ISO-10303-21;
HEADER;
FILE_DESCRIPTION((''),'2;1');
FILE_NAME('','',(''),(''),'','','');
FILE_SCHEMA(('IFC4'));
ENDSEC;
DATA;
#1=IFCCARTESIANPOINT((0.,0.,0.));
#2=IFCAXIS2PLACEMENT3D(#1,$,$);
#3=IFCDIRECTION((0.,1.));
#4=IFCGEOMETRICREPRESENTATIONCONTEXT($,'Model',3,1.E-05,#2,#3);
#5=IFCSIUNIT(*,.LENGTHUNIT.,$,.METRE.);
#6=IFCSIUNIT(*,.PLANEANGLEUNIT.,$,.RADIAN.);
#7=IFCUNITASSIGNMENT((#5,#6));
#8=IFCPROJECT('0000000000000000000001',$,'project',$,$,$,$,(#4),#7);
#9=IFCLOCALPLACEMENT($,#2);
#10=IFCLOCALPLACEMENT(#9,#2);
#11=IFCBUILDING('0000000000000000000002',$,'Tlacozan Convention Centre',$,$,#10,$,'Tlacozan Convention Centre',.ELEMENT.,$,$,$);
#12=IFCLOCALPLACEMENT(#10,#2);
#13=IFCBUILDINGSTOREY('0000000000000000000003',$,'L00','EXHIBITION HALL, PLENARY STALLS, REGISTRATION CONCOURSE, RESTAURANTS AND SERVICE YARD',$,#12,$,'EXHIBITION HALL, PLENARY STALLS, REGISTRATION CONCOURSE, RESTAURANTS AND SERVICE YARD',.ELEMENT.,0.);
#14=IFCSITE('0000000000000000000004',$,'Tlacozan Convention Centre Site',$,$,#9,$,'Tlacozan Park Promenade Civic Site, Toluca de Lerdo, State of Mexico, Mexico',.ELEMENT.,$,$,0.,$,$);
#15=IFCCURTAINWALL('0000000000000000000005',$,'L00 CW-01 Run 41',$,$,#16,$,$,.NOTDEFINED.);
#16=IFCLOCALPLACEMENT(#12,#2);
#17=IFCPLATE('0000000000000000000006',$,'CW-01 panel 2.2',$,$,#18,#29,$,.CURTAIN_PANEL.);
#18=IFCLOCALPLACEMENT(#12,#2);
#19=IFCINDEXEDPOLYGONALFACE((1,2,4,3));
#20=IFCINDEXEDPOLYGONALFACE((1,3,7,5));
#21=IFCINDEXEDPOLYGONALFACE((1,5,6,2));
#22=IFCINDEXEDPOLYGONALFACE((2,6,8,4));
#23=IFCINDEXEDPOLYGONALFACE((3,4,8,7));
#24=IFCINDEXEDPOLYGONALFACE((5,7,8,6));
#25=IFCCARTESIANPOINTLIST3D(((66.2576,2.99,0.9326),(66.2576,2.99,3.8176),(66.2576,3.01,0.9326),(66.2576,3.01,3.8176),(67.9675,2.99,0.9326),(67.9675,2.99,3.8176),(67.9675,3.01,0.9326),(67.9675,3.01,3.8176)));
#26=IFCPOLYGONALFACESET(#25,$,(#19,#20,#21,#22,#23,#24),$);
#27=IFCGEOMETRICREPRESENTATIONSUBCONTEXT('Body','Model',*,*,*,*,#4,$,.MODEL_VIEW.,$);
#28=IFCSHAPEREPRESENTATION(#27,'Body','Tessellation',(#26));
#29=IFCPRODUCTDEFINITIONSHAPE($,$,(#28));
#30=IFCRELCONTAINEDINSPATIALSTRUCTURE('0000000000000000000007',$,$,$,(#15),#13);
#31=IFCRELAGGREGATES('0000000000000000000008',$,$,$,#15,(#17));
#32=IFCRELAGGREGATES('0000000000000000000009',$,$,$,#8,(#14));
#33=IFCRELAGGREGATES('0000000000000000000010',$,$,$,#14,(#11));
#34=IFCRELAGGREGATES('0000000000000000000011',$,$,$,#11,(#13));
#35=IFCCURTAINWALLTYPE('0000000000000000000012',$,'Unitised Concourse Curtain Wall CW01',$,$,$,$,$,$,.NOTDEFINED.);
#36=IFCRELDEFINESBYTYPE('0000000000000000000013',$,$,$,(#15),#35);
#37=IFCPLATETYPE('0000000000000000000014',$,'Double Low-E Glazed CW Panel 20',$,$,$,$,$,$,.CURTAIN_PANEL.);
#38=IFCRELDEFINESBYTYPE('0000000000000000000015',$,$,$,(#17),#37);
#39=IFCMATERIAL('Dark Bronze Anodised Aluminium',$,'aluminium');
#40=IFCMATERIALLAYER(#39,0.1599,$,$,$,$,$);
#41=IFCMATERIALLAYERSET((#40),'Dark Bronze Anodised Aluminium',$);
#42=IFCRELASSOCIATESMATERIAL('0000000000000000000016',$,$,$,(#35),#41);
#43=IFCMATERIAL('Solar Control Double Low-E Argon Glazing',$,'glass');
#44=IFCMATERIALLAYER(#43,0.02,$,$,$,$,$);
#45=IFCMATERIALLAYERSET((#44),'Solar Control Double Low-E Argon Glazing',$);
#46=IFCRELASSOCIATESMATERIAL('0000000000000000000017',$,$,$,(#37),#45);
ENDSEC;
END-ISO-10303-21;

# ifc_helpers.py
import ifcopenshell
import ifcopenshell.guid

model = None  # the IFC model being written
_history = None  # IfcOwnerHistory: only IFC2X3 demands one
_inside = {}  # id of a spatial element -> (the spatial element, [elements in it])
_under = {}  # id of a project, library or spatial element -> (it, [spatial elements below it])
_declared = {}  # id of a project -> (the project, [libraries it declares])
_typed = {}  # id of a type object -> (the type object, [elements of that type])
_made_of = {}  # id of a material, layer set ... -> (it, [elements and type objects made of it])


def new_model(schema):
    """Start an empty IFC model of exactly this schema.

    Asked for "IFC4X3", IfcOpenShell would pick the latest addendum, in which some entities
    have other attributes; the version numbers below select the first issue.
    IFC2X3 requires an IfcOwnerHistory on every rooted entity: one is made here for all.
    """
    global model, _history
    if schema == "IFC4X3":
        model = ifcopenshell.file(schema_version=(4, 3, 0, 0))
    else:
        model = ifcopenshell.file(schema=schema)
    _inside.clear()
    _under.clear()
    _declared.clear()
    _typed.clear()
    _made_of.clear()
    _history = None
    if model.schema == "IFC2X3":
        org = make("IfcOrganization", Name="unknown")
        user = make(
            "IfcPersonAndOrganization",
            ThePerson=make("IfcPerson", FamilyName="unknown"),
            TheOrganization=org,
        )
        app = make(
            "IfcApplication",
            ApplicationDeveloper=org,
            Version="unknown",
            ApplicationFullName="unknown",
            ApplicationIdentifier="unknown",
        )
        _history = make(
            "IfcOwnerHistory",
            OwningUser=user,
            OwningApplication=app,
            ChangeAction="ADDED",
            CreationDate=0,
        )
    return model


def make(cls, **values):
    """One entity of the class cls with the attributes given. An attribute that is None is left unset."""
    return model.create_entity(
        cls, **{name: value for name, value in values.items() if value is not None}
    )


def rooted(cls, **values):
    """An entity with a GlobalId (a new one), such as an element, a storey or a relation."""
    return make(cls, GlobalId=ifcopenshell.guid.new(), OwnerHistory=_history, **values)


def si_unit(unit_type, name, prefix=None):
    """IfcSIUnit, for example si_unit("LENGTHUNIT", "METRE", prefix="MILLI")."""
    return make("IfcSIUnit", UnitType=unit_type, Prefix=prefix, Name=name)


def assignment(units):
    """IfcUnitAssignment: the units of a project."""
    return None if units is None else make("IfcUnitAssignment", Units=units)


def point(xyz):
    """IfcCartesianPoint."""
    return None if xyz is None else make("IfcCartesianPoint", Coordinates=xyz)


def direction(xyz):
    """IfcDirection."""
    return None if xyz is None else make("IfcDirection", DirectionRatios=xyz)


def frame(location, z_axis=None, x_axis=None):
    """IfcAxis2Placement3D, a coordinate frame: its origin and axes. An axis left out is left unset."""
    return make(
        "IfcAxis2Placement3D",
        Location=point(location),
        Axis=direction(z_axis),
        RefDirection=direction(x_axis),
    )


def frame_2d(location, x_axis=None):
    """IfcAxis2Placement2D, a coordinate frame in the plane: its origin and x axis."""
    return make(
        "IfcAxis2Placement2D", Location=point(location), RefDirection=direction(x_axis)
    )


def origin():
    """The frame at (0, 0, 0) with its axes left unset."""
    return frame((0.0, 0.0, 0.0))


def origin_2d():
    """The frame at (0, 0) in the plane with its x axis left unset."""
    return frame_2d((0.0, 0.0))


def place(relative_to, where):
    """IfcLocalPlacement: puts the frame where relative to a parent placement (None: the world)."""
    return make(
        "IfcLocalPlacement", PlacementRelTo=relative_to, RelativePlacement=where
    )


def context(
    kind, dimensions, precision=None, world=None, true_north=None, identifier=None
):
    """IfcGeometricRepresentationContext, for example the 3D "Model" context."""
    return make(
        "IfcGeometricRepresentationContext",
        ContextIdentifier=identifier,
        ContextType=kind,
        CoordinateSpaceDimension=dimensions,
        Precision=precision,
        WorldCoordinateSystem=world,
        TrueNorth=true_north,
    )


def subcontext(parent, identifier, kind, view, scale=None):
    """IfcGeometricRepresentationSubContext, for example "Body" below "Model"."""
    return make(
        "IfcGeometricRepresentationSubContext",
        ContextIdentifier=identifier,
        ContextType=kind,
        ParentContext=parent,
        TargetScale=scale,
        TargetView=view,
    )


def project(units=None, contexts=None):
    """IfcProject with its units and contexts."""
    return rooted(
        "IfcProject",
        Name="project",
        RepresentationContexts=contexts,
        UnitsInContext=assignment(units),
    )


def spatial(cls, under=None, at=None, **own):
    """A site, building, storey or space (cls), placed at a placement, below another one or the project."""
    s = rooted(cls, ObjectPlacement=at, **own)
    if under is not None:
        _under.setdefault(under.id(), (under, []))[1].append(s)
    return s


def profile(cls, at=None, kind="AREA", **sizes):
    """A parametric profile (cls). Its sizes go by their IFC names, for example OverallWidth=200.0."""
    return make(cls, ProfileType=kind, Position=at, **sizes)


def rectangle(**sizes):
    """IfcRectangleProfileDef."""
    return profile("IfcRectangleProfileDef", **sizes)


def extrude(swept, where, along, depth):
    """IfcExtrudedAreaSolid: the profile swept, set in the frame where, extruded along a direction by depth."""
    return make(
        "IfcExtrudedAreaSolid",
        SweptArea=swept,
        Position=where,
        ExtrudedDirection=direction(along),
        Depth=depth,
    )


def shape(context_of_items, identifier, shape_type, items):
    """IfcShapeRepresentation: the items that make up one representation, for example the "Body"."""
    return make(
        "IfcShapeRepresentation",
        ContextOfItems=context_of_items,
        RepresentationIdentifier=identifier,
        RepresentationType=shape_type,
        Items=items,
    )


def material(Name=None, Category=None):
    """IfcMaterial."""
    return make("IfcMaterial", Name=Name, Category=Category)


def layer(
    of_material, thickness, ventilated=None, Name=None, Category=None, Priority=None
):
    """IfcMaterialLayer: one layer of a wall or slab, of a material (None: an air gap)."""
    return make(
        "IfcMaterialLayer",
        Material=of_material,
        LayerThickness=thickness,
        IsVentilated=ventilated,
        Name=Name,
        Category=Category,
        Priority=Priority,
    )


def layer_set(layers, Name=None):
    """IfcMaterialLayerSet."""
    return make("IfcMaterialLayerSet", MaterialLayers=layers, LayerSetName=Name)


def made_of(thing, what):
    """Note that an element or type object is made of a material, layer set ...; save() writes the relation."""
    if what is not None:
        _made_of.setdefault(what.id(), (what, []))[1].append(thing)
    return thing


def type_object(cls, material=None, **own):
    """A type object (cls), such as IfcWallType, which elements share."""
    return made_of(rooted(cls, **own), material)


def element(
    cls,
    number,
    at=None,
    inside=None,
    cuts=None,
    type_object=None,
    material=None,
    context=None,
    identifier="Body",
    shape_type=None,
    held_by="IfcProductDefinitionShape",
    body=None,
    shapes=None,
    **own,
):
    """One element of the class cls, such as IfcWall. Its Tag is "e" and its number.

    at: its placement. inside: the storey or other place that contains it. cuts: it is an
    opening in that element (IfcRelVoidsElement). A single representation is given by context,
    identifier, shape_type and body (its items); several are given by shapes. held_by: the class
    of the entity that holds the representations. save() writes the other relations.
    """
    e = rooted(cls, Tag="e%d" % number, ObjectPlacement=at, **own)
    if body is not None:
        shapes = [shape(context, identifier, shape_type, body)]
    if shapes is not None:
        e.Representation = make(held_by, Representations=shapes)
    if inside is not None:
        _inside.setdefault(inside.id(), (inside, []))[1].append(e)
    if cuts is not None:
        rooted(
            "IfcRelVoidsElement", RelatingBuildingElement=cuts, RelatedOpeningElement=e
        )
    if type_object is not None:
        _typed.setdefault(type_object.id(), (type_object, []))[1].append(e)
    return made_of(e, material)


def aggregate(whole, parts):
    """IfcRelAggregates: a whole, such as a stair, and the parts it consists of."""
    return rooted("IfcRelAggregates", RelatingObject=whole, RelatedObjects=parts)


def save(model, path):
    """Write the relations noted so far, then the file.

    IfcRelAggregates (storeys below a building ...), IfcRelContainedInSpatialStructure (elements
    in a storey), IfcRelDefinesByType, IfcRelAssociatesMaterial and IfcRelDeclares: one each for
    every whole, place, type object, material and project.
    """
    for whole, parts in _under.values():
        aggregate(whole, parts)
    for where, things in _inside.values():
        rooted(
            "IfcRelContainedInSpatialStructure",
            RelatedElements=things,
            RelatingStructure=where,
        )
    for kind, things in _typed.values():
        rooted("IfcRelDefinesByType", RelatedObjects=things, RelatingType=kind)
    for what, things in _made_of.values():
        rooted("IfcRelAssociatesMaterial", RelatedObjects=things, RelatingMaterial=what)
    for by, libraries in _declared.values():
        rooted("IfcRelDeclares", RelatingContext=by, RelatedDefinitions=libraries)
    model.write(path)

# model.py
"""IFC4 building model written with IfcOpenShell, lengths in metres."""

from ifc_helpers import new_model, si_unit, direction, frame, origin, origin_2d, place, context, subcontext, project, spatial, rectangle, extrude, material, layer, layer_set, type_object, element, aggregate, save


model = new_model("IFC4")

# Units and contexts
model_context = context("Model", 3, precision=1e-05, world=origin(), true_north=direction((0.0, 1.0)))
body_context = subcontext(model_context, "Body", "Model", "MODEL_VIEW")
ifc_project = project(units=[si_unit("LENGTHUNIT", "METRE"), si_unit("PLANEANGLEUNIT", "RADIAN")], contexts=[model_context])

# Site, building, storey
site_placement = place(None, origin())
site = spatial("IfcSite", under=ifc_project, at=site_placement, Name="Tlacozan Convention Centre Site", LongName="Tlacozan Park Promenade Civic Site, Toluca de Lerdo, State of Mexico, Mexico", CompositionType="ELEMENT", RefElevation=0.0)
building_placement = place(site_placement, origin())
building = spatial("IfcBuilding", under=site, at=building_placement, Name="Tlacozan Convention Centre", LongName="Tlacozan Convention Centre", CompositionType="ELEMENT")
storey_placement = place(building_placement, origin())
storey = spatial("IfcBuildingStorey", under=building, at=storey_placement, Name="L00", Description="EXHIBITION HALL, PLENARY STALLS, REGISTRATION CONCOURSE, RESTAURANTS AND SERVICE YARD", LongName="EXHIBITION HALL, PLENARY STALLS, REGISTRATION CONCOURSE, RESTAURANTS AND SERVICE YARD", CompositionType="ELEMENT", Elevation=0.0)

# Shared definitions
ifc_material_1 = material(Name="Dark Bronze Anodised Aluminium", Category="aluminium")
ifc_layer_1 = layer(ifc_material_1, 0.1599)
ifc_layer_set_1 = layer_set([ifc_layer_1], Name="Dark Bronze Anodised Aluminium")
curtain_wall_type = type_object("IfcCurtainWallType", Name="Unitised Concourse Curtain Wall CW01", PredefinedType="NOTDEFINED", material=ifc_layer_set_1)

# Curtain wall
curtain_wall_1_placement = place(storey_placement, origin())
curtain_wall_1 = element("IfcCurtainWall", 1, at=curtain_wall_1_placement, inside=storey, type_object=curtain_wall_type, Name="L00 CW-01 Run 41", PredefinedType="NOTDEFINED")

# Plate
ifc_material_2 = material(Name="Solar Control Double Low-E Argon Glazing", Category="glass")
ifc_layer_2 = layer(ifc_material_2, 0.02)
ifc_layer_set_2 = layer_set([ifc_layer_2], Name="Solar Control Double Low-E Argon Glazing")
plate_type = type_object("IfcPlateType", Name="Double Low-E Glazed CW Panel 20", PredefinedType="CURTAIN_PANEL", material=ifc_layer_set_2)
plate_1_placement = place(storey_placement, frame((67.1125, 3.0, 0.9326), z_axis=(0.0, 0.0, 1.0), x_axis=(1.0, 0.0, 0.0)))
plate_1 = element("IfcPlate", 2, at=plate_1_placement, type_object=plate_type, Name="CW-01 panel 2.2", PredefinedType="CURTAIN_PANEL", context=body_context, shape_type="SweptSolid", body=[
    extrude(rectangle(XDim=1.71, YDim=0.02, at=origin_2d()), origin(), (0.0, 0.0, 1.0), 2.885),
])
aggregate(curtain_wall_1, [plate_1])

save(model, "model.ifc")
